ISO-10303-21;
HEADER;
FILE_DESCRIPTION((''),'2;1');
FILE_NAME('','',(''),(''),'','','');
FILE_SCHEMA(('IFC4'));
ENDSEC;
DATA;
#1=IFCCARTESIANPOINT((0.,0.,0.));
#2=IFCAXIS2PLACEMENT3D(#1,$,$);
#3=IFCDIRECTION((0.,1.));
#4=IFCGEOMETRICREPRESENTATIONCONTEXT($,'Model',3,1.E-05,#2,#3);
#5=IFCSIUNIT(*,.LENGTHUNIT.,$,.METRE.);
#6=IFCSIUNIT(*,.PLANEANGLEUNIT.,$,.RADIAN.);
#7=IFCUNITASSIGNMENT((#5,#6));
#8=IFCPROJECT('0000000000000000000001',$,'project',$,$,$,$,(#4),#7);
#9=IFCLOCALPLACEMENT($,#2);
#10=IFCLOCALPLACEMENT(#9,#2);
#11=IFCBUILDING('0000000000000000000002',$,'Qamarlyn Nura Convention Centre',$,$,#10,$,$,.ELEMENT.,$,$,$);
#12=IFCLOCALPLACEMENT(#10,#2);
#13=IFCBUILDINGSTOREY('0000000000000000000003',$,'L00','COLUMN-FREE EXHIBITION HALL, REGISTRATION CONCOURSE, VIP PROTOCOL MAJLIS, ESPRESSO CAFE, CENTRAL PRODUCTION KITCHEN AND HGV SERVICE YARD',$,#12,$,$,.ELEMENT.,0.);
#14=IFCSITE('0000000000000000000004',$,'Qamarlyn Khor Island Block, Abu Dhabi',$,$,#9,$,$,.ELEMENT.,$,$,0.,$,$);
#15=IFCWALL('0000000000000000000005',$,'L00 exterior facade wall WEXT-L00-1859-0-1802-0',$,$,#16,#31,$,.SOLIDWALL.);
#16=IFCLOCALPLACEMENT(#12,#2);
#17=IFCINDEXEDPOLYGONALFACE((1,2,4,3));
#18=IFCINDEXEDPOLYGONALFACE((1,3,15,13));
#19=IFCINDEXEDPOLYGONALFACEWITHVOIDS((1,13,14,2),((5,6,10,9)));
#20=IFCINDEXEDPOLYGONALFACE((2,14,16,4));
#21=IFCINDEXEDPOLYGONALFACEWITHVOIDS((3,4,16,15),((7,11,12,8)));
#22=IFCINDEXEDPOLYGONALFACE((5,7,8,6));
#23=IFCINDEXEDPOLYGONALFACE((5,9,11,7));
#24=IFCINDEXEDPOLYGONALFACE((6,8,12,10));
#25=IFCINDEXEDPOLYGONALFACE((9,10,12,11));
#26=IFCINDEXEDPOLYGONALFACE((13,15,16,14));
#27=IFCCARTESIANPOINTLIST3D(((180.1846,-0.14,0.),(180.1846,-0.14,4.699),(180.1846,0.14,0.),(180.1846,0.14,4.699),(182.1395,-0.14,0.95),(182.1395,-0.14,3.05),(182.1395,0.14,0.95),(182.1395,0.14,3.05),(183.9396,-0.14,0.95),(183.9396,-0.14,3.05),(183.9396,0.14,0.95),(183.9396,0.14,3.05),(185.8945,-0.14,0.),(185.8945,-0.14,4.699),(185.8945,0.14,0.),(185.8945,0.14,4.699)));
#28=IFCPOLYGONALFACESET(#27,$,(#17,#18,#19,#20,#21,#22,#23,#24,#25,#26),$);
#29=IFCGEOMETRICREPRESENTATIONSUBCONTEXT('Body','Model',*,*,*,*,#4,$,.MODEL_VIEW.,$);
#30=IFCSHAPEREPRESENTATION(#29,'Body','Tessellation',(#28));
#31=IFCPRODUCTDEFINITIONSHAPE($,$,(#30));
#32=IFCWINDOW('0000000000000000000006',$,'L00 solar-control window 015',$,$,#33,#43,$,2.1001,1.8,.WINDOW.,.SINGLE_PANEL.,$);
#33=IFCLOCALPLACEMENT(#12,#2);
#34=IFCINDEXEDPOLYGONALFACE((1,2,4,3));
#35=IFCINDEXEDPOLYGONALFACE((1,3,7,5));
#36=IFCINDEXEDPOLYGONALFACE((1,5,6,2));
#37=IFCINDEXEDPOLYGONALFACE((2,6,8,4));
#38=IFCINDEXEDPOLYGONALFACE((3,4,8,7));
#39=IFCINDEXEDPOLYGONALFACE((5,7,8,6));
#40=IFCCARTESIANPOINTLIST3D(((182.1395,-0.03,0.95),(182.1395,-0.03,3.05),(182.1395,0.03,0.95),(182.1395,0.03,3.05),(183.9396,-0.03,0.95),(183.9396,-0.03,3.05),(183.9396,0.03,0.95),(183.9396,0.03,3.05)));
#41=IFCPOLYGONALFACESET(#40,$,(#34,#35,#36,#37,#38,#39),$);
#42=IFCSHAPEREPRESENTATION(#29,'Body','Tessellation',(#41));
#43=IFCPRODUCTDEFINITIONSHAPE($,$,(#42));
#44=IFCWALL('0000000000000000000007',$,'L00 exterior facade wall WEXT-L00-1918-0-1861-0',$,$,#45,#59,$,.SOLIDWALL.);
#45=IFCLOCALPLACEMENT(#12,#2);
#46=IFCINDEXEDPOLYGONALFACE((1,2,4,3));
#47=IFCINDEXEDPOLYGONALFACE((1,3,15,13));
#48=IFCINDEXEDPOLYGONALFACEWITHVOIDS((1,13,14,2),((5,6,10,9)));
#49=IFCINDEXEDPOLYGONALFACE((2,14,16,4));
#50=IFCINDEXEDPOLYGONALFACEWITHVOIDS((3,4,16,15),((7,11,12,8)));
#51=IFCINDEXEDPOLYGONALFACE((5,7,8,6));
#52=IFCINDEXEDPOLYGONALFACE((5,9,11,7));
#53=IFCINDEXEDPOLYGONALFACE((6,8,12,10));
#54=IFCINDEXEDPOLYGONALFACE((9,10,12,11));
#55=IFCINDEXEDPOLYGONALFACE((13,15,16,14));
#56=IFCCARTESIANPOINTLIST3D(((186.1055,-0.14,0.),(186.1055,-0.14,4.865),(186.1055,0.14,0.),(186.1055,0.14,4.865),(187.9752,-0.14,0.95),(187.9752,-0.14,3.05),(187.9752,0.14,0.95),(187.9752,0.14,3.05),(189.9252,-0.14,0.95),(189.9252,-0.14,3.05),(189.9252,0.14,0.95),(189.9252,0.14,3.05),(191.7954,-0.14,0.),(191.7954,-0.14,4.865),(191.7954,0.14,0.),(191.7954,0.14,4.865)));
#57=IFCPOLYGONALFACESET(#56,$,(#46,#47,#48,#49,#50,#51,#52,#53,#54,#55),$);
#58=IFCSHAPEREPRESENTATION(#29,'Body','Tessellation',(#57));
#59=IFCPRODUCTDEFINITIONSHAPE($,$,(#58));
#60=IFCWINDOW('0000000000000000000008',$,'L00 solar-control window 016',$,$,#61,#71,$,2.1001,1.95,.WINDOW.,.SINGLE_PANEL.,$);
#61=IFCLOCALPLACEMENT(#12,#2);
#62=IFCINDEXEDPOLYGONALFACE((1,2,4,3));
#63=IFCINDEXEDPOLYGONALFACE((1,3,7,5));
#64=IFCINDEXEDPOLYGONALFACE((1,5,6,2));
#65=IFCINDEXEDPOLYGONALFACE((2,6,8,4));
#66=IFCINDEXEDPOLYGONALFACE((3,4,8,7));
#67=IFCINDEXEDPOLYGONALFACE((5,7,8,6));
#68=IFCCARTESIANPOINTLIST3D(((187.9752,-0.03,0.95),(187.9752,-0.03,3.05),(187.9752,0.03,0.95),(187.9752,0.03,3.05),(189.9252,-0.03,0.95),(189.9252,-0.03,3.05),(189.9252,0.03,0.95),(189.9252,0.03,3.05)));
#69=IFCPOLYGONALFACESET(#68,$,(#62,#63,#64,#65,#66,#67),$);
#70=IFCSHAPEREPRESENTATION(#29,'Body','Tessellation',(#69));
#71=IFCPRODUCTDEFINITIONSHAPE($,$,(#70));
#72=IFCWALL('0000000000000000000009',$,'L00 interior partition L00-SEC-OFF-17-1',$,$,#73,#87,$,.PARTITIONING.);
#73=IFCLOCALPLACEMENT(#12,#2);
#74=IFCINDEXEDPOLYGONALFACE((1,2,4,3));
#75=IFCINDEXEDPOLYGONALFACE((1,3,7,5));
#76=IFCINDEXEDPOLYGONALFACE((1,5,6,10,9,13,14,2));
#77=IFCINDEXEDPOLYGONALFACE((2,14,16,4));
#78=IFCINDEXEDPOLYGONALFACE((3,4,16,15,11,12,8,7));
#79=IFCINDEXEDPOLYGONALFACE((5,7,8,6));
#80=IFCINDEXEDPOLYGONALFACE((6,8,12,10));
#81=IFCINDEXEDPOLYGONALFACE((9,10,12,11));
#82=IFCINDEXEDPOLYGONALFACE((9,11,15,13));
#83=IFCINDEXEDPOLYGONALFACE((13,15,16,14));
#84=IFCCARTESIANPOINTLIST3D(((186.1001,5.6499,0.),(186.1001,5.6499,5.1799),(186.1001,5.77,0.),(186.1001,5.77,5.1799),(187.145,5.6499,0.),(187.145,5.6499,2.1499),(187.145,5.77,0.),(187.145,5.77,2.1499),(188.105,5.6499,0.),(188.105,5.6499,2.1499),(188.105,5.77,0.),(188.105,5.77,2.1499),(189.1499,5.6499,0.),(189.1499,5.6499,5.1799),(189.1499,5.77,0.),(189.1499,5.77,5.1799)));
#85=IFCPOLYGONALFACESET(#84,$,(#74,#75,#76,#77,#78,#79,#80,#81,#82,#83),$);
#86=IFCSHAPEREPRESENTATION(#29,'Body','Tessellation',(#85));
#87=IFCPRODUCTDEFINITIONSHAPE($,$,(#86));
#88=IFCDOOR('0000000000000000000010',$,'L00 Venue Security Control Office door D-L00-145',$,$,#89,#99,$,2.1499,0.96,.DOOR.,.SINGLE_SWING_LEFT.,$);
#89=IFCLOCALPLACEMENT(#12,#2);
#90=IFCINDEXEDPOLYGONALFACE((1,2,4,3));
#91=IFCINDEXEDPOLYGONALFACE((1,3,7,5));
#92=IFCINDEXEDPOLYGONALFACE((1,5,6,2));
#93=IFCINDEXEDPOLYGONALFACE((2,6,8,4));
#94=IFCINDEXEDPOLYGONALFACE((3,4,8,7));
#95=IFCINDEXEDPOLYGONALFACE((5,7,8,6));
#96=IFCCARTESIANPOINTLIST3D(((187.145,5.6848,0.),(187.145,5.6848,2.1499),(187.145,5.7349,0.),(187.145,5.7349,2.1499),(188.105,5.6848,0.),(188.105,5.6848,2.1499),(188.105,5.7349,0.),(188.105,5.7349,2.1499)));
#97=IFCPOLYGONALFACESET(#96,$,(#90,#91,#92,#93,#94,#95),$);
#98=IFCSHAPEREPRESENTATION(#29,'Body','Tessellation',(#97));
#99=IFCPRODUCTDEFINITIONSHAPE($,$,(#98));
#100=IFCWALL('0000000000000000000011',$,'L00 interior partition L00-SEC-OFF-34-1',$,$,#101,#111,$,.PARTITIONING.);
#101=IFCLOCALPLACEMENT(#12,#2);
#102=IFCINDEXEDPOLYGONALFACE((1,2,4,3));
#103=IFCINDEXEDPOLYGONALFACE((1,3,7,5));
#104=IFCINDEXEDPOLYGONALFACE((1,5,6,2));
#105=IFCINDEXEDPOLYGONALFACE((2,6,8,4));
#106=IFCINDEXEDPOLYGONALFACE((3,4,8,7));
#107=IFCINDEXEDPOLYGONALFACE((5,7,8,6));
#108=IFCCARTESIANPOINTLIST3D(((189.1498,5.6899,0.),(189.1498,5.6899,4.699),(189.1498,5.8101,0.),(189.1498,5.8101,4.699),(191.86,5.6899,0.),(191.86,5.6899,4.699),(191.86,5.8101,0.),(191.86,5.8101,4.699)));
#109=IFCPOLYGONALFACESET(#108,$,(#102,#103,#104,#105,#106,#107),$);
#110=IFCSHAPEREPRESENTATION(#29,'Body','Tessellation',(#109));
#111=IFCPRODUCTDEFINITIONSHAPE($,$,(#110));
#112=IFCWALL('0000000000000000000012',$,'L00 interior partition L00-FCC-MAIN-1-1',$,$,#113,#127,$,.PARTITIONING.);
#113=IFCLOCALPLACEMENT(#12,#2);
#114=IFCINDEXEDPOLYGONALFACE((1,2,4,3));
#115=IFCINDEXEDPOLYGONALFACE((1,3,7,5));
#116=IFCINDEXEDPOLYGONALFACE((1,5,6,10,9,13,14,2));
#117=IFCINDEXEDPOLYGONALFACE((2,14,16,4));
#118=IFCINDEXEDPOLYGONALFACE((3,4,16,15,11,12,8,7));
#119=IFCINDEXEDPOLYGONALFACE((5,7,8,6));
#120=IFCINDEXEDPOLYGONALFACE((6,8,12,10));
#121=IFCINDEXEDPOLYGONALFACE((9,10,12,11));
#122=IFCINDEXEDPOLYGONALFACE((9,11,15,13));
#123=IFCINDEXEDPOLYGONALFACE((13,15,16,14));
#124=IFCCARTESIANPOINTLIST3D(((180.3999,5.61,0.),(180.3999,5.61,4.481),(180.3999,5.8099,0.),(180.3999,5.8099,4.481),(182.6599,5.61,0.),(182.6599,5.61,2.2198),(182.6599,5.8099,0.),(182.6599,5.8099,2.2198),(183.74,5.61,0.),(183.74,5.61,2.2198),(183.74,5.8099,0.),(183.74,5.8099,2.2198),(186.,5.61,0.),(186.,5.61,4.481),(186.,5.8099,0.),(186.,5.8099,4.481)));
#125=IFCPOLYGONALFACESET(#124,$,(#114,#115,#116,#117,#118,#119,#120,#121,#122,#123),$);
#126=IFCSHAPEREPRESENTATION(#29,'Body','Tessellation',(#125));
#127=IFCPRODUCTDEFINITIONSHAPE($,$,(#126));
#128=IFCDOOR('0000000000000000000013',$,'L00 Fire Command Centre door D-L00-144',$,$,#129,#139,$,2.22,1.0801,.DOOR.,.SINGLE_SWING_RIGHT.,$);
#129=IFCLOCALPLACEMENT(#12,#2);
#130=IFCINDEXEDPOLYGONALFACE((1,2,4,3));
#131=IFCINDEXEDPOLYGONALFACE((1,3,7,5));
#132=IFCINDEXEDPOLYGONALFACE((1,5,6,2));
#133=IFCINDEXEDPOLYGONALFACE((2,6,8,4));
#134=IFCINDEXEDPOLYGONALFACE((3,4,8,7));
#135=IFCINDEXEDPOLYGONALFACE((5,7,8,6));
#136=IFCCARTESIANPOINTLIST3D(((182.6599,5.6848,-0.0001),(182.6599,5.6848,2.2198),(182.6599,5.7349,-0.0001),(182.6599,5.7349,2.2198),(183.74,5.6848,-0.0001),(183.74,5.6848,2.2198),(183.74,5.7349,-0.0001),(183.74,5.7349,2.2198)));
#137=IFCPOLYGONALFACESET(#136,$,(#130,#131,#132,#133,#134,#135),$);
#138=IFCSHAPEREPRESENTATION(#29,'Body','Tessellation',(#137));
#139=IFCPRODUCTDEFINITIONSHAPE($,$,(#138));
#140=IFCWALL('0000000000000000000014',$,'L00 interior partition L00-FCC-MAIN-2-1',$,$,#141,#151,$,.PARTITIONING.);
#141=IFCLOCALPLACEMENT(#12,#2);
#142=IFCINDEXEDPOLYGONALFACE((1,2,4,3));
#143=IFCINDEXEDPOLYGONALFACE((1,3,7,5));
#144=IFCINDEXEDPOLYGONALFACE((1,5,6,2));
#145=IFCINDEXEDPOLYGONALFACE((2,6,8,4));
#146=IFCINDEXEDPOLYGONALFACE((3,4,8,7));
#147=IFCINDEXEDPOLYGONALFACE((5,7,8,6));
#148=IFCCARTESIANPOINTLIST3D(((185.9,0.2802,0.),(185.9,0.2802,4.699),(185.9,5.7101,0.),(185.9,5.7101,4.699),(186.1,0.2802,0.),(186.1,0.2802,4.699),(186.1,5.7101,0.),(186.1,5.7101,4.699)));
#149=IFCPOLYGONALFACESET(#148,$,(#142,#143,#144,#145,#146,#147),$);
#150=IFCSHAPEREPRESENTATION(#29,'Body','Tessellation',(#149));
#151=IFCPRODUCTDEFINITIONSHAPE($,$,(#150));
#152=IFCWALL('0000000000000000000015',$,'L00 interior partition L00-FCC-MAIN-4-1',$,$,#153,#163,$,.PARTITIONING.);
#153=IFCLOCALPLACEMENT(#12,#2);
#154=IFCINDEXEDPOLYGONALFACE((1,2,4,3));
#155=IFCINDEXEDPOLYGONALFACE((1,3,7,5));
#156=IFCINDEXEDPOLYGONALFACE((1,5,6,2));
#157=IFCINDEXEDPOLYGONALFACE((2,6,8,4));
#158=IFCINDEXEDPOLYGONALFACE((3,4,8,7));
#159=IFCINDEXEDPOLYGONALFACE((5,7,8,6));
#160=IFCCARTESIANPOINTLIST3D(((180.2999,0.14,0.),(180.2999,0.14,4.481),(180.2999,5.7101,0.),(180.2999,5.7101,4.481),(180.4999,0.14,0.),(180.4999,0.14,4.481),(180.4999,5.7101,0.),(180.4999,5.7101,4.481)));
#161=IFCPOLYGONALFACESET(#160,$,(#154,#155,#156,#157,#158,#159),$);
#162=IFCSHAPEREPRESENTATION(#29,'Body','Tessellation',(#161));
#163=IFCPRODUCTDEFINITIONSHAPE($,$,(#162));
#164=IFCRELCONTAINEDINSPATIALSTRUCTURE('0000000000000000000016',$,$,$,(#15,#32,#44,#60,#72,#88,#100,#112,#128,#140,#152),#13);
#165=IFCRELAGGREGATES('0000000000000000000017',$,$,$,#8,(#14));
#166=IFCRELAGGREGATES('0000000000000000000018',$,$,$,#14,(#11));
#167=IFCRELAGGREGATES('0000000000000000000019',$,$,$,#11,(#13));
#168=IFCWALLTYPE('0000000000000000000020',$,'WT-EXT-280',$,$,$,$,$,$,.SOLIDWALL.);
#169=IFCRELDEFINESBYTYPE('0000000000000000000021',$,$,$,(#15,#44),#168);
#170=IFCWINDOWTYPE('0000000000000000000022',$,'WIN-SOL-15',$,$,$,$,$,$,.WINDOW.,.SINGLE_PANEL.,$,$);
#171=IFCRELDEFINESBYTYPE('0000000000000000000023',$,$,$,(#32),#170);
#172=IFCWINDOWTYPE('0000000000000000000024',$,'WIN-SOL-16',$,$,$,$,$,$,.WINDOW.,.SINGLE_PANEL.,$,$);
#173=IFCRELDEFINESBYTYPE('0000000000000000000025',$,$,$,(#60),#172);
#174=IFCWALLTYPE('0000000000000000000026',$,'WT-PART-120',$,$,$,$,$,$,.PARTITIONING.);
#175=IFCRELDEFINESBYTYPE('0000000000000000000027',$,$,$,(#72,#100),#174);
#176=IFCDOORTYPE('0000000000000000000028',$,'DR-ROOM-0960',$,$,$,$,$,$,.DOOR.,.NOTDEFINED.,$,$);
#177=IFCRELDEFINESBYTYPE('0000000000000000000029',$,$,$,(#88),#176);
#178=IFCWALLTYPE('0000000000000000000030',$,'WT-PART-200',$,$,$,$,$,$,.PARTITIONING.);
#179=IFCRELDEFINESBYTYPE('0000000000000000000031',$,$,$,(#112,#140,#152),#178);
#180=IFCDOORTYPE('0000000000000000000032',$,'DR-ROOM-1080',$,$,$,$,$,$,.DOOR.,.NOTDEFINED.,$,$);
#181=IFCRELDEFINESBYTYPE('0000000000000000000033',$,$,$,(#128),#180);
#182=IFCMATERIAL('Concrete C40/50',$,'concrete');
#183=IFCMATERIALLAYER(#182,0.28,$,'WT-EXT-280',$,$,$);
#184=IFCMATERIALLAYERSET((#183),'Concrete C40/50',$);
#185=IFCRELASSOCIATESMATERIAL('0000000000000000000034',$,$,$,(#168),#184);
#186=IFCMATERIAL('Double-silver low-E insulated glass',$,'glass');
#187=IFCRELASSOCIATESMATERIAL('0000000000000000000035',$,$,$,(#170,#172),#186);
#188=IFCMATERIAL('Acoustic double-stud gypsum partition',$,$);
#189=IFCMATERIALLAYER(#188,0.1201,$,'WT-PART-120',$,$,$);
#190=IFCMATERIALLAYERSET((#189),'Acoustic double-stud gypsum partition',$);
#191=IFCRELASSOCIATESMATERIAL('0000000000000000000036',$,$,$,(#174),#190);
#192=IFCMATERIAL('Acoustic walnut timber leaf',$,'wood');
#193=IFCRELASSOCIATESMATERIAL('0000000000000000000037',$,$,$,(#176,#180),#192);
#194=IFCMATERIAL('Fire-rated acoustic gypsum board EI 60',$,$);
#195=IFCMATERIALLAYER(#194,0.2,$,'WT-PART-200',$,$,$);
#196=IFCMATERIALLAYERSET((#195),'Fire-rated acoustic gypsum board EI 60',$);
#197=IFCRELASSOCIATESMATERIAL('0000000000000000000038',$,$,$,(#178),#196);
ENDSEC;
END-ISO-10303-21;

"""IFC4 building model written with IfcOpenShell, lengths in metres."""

from ifc_helpers import new_model, si_unit, direction, frame, frame_2d, origin, place, context, subcontext, project, spatial, rectangle, extrude, material, layer, layer_set, type_object, element, fill, save


model = new_model("IFC4")

# Units and contexts
model_context = context("Model", 3, precision=1e-05, world=origin(), true_north=direction((0.0, 1.0)))
body_context = subcontext(model_context, "Body", "Model", "MODEL_VIEW")
ifc_project = project(units=[si_unit("LENGTHUNIT", "METRE"), si_unit("PLANEANGLEUNIT", "RADIAN")], contexts=[model_context])

# Site, building, storey
site_placement = place(None, origin())
site = spatial("IfcSite", under=ifc_project, at=site_placement, Name="Qamarlyn Khor Island Block, Abu Dhabi", CompositionType="ELEMENT", RefElevation=0.0)
building_placement = place(site_placement, origin())
building = spatial("IfcBuilding", under=site, at=building_placement, Name="Qamarlyn Nura Convention Centre", CompositionType="ELEMENT")
storey_placement = place(building_placement, origin())
storey = spatial("IfcBuildingStorey", under=building, at=storey_placement, Name="L00", Description="COLUMN-FREE EXHIBITION HALL, REGISTRATION CONCOURSE, VIP PROTOCOL MAJLIS, ESPRESSO CAFE, CENTRAL PRODUCTION KITCHEN AND HGV SERVICE YARD", CompositionType="ELEMENT", Elevation=0.0)

# Shared definitions
ifc_material_1 = material(Name="Concrete C40/50", Category="concrete")
ifc_layer_1 = layer(ifc_material_1, 0.28, Name="WT-EXT-280")
ifc_layer_set_1 = layer_set([ifc_layer_1], Name="Concrete C40/50")
wall_type_1 = type_object("IfcWallType", Name="WT-EXT-280", PredefinedType="SOLIDWALL", material=ifc_layer_set_1)

# Walls, openings, windows
wall_1_placement = place(storey_placement, frame((185.8945, 0.0, 0.0), z_axis=(0.0, 0.0, 1.0), x_axis=(-1.0, 0.0, 0.0)))
wall_1 = element("IfcWall", 1, at=wall_1_placement, inside=storey, type_object=wall_type_1, Name="L00 exterior facade wall WEXT-L00-1859-0-1802-0", PredefinedType="SOLIDWALL", context=body_context, shape_type="SweptSolid", body=[
    extrude(rectangle(XDim=5.71, YDim=0.28, at=frame_2d((2.855, 0.0))), origin(), (0.0, 0.0, 1.0), 4.699),
])
opening_1_placement = place(wall_1_placement, frame((1.9551, 0.0, 0.95)))
opening_1 = element("IfcOpeningElement", 2, at=opening_1_placement, cuts=wall_1, PredefinedType="OPENING", context=body_context, shape_type="SweptSolid", body=[
    extrude(rectangle(XDim=1.8, YDim=2.1001, at=frame_2d((0.8999, 1.05))), frame((0.0, 0.1499, 0.0), z_axis=(0.0, -1.0, 0.0), x_axis=(1.0, 0.0, 0.0)), (0.0, 0.0, 1.0), 0.3),
])
ifc_material_2 = material(Name="Double-silver low-E insulated glass", Category="glass")
window_type_1 = type_object("IfcWindowType", Name="WIN-SOL-15", PartitioningType="SINGLE_PANEL", PredefinedType="WINDOW", material=ifc_material_2)
window_1_placement = place(opening_1_placement, origin())
window_1 = element("IfcWindow", 3, at=window_1_placement, inside=storey, type_object=window_type_1, Name="L00 solar-control window 015", OverallHeight=2.1001, OverallWidth=1.8, PartitioningType="SINGLE_PANEL", PredefinedType="WINDOW", context=body_context, shape_type="SweptSolid", body=[
    extrude(rectangle(XDim=1.8, YDim=2.1001, at=frame_2d((0.8999, 1.05))), frame((0.0, 0.03, 0.0), z_axis=(0.0, -1.0, 0.0), x_axis=(1.0, 0.0, 0.0)), (0.0, 0.0, 1.0), 0.0601),
])
fill(opening_1, window_1)
wall_2_placement = place(storey_placement, frame((191.7954, 0.0, 0.0), z_axis=(0.0, 0.0, 1.0), x_axis=(-1.0, 0.0, 0.0)))
wall_2 = element("IfcWall", 4, at=wall_2_placement, inside=storey, type_object=wall_type_1, Name="L00 exterior facade wall WEXT-L00-1918-0-1861-0", PredefinedType="SOLIDWALL", context=body_context, shape_type="SweptSolid", body=[
    extrude(rectangle(XDim=5.6899, YDim=0.28, at=frame_2d((2.845, 0.0))), origin(), (0.0, 0.0, 1.0), 4.865),
])
opening_2_placement = place(wall_2_placement, frame((1.8701, 0.0, 0.95)))
opening_2 = element("IfcOpeningElement", 5, at=opening_2_placement, cuts=wall_2, PredefinedType="OPENING", context=body_context, shape_type="SweptSolid", body=[
    extrude(rectangle(XDim=1.95, YDim=2.1001, at=frame_2d((0.9751, 1.05))), frame((0.0, 0.1499, 0.0), z_axis=(0.0, -1.0, 0.0), x_axis=(1.0, 0.0, 0.0)), (0.0, 0.0, 1.0), 0.3),
])
window_type_2 = type_object("IfcWindowType", Name="WIN-SOL-16", PartitioningType="SINGLE_PANEL", PredefinedType="WINDOW", material=ifc_material_2)
window_2_placement = place(opening_2_placement, origin())
window_2 = element("IfcWindow", 6, at=window_2_placement, inside=storey, type_object=window_type_2, Name="L00 solar-control window 016", OverallHeight=2.1001, OverallWidth=1.95, PartitioningType="SINGLE_PANEL", PredefinedType="WINDOW", context=body_context, shape_type="SweptSolid", body=[
    extrude(rectangle(XDim=1.95, YDim=2.1001, at=frame_2d((0.9751, 1.05))), frame((0.0, 0.03, 0.0), z_axis=(0.0, -1.0, 0.0), x_axis=(1.0, 0.0, 0.0)), (0.0, 0.0, 1.0), 0.0601),
])
fill(opening_2, window_2)

# Wall, opening, door
ifc_material_3 = material(Name="Acoustic double-stud gypsum partition")
ifc_layer_2 = layer(ifc_material_3, 0.1201, Name="WT-PART-120")
ifc_layer_set_2 = layer_set([ifc_layer_2], Name="Acoustic double-stud gypsum partition")
wall_type_2 = type_object("IfcWallType", Name="WT-PART-120", PredefinedType="PARTITIONING", material=ifc_layer_set_2)
wall_3_placement = place(storey_placement, frame((186.1001, 5.71, 0.0), z_axis=(0.0, 0.0, 1.0), x_axis=(1.0, 0.0, 0.0)))
wall_3 = element("IfcWall", 7, at=wall_3_placement, inside=storey, type_object=wall_type_2, Name="L00 interior partition L00-SEC-OFF-17-1", PredefinedType="PARTITIONING", context=body_context, shape_type="SweptSolid", body=[
    extrude(rectangle(XDim=3.0498, YDim=0.1201, at=frame_2d((1.5249, 0.0))), origin(), (0.0, 0.0, 1.0), 5.1799),
])
opening_3_placement = place(wall_3_placement, frame((1.0449, 0.0, 0.0)))
opening_3 = element("IfcOpeningElement", 8, at=opening_3_placement, cuts=wall_3, PredefinedType="OPENING", context=body_context, shape_type="SweptSolid", body=[
    extrude(rectangle(XDim=0.96, YDim=2.1499, at=frame_2d((0.48, 1.075))), frame((0.0, 0.0701, 0.0), z_axis=(0.0, -1.0, 0.0), x_axis=(1.0, 0.0, 0.0)), (0.0, 0.0, 1.0), 0.1401),
])
ifc_material_4 = material(Name="Acoustic walnut timber leaf", Category="wood")
door_type_1 = type_object("IfcDoorType", Name="DR-ROOM-0960", OperationType="NOTDEFINED", PredefinedType="DOOR", material=ifc_material_4)
door_1_placement = place(opening_3_placement, origin())
door_1 = element("IfcDoor", 9, at=door_1_placement, inside=storey, type_object=door_type_1, Name="L00 Venue Security Control Office door D-L00-145", OperationType="SINGLE_SWING_LEFT", OverallHeight=2.1499, OverallWidth=0.96, PredefinedType="DOOR", context=body_context, shape_type="SweptSolid", body=[
    extrude(rectangle(XDim=0.96, YDim=2.1499, at=frame_2d((0.48, 1.075))), frame((0.0, 0.0249, 0.0), z_axis=(0.0, -1.0, 0.0), x_axis=(1.0, 0.0, 0.0)), (0.0, 0.0, 1.0), 0.05),
])
fill(opening_3, door_1)

# Wall
wall_4_placement = place(storey_placement, frame((189.1499, 5.75, 0.0), z_axis=(0.0, 0.0, 1.0), x_axis=(1.0, 0.0, 0.0)))
element("IfcWall", 10, at=wall_4_placement, inside=storey, type_object=wall_type_2, Name="L00 interior partition L00-SEC-OFF-34-1", PredefinedType="PARTITIONING", context=body_context, shape_type="SweptSolid", body=[
    extrude(rectangle(XDim=2.7102, YDim=0.1201, at=frame_2d((1.355, 0.0))), origin(), (0.0, 0.0, 1.0), 4.699),
])

# Wall, opening, door
ifc_material_5 = material(Name="Fire-rated acoustic gypsum board EI 60")
ifc_layer_3 = layer(ifc_material_5, 0.2, Name="WT-PART-200")
ifc_layer_set_3 = layer_set([ifc_layer_3], Name="Fire-rated acoustic gypsum board EI 60")
wall_type_3 = type_object("IfcWallType", Name="WT-PART-200", PredefinedType="PARTITIONING", material=ifc_layer_set_3)
wall_5_placement = place(storey_placement, frame((180.3999, 5.71, 0.0), z_axis=(0.0, 0.0, 1.0), x_axis=(1.0, 0.0, 0.0)))
wall_5 = element("IfcWall", 11, at=wall_5_placement, inside=storey, type_object=wall_type_3, Name="L00 interior partition L00-FCC-MAIN-1-1", PredefinedType="PARTITIONING", context=body_context, shape_type="SweptSolid", body=[
    extrude(rectangle(XDim=5.6001, YDim=0.2, at=frame_2d((2.8, 0.0))), origin(), (0.0, 0.0, 1.0), 4.481),
])
opening_4_placement = place(wall_5_placement, frame((2.26, 0.0, 0.0)))
opening_4 = element("IfcOpeningElement", 12, at=opening_4_placement, cuts=wall_5, PredefinedType="OPENING", context=body_context, shape_type="SweptSolid", body=[
    extrude(rectangle(XDim=1.0801, YDim=2.22, at=frame_2d((0.54, 1.1099))), frame((0.0, 0.1099, 0.0), z_axis=(0.0, -1.0, 0.0), x_axis=(1.0, 0.0, 0.0)), (0.0, 0.0, 1.0), 0.22),
])
door_type_2 = type_object("IfcDoorType", Name="DR-ROOM-1080", OperationType="NOTDEFINED", PredefinedType="DOOR", material=ifc_material_4)
door_2_placement = place(opening_4_placement, origin())
door_2 = element("IfcDoor", 13, at=door_2_placement, inside=storey, type_object=door_type_2, Name="L00 Fire Command Centre door D-L00-144", OperationType="SINGLE_SWING_RIGHT", OverallHeight=2.22, OverallWidth=1.0801, PredefinedType="DOOR", context=body_context, shape_type="SweptSolid", body=[
    extrude(rectangle(XDim=1.0801, YDim=2.22, at=frame_2d((0.54, 1.1099))), frame((0.0, 0.0249, 0.0), z_axis=(0.0, -1.0, 0.0), x_axis=(1.0, 0.0, 0.0)), (0.0, 0.0, 1.0), 0.05),
])
fill(opening_4, door_2)

# Walls
wall_6_placement = place(storey_placement, frame((186.0, 5.71, 0.0), z_axis=(0.0, 0.0, 1.0), x_axis=(0.0, -1.0, 0.0)))
element("IfcWall", 14, at=wall_6_placement, inside=storey, type_object=wall_type_3, Name="L00 interior partition L00-FCC-MAIN-2-1", PredefinedType="PARTITIONING", context=body_context, shape_type="SweptSolid", body=[
    extrude(rectangle(XDim=5.4299, YDim=0.2, at=frame_2d((2.7148, 0.0))), origin(), (0.0, 0.0, 1.0), 4.699),
])
wall_7_placement = place(storey_placement, frame((180.3999, 0.1399, 0.0), z_axis=(0.0, 0.0, 1.0), x_axis=(0.0, 1.0, 0.0)))
element("IfcWall", 15, at=wall_7_placement, inside=storey, type_object=wall_type_3, Name="L00 interior partition L00-FCC-MAIN-4-1", PredefinedType="PARTITIONING", context=body_context, shape_type="SweptSolid", body=[
    extrude(rectangle(XDim=5.5701, YDim=0.2, at=frame_2d((2.7852, 0.0))), origin(), (0.0, 0.0, 1.0), 4.481),
])

save(model, "model.ifc")
